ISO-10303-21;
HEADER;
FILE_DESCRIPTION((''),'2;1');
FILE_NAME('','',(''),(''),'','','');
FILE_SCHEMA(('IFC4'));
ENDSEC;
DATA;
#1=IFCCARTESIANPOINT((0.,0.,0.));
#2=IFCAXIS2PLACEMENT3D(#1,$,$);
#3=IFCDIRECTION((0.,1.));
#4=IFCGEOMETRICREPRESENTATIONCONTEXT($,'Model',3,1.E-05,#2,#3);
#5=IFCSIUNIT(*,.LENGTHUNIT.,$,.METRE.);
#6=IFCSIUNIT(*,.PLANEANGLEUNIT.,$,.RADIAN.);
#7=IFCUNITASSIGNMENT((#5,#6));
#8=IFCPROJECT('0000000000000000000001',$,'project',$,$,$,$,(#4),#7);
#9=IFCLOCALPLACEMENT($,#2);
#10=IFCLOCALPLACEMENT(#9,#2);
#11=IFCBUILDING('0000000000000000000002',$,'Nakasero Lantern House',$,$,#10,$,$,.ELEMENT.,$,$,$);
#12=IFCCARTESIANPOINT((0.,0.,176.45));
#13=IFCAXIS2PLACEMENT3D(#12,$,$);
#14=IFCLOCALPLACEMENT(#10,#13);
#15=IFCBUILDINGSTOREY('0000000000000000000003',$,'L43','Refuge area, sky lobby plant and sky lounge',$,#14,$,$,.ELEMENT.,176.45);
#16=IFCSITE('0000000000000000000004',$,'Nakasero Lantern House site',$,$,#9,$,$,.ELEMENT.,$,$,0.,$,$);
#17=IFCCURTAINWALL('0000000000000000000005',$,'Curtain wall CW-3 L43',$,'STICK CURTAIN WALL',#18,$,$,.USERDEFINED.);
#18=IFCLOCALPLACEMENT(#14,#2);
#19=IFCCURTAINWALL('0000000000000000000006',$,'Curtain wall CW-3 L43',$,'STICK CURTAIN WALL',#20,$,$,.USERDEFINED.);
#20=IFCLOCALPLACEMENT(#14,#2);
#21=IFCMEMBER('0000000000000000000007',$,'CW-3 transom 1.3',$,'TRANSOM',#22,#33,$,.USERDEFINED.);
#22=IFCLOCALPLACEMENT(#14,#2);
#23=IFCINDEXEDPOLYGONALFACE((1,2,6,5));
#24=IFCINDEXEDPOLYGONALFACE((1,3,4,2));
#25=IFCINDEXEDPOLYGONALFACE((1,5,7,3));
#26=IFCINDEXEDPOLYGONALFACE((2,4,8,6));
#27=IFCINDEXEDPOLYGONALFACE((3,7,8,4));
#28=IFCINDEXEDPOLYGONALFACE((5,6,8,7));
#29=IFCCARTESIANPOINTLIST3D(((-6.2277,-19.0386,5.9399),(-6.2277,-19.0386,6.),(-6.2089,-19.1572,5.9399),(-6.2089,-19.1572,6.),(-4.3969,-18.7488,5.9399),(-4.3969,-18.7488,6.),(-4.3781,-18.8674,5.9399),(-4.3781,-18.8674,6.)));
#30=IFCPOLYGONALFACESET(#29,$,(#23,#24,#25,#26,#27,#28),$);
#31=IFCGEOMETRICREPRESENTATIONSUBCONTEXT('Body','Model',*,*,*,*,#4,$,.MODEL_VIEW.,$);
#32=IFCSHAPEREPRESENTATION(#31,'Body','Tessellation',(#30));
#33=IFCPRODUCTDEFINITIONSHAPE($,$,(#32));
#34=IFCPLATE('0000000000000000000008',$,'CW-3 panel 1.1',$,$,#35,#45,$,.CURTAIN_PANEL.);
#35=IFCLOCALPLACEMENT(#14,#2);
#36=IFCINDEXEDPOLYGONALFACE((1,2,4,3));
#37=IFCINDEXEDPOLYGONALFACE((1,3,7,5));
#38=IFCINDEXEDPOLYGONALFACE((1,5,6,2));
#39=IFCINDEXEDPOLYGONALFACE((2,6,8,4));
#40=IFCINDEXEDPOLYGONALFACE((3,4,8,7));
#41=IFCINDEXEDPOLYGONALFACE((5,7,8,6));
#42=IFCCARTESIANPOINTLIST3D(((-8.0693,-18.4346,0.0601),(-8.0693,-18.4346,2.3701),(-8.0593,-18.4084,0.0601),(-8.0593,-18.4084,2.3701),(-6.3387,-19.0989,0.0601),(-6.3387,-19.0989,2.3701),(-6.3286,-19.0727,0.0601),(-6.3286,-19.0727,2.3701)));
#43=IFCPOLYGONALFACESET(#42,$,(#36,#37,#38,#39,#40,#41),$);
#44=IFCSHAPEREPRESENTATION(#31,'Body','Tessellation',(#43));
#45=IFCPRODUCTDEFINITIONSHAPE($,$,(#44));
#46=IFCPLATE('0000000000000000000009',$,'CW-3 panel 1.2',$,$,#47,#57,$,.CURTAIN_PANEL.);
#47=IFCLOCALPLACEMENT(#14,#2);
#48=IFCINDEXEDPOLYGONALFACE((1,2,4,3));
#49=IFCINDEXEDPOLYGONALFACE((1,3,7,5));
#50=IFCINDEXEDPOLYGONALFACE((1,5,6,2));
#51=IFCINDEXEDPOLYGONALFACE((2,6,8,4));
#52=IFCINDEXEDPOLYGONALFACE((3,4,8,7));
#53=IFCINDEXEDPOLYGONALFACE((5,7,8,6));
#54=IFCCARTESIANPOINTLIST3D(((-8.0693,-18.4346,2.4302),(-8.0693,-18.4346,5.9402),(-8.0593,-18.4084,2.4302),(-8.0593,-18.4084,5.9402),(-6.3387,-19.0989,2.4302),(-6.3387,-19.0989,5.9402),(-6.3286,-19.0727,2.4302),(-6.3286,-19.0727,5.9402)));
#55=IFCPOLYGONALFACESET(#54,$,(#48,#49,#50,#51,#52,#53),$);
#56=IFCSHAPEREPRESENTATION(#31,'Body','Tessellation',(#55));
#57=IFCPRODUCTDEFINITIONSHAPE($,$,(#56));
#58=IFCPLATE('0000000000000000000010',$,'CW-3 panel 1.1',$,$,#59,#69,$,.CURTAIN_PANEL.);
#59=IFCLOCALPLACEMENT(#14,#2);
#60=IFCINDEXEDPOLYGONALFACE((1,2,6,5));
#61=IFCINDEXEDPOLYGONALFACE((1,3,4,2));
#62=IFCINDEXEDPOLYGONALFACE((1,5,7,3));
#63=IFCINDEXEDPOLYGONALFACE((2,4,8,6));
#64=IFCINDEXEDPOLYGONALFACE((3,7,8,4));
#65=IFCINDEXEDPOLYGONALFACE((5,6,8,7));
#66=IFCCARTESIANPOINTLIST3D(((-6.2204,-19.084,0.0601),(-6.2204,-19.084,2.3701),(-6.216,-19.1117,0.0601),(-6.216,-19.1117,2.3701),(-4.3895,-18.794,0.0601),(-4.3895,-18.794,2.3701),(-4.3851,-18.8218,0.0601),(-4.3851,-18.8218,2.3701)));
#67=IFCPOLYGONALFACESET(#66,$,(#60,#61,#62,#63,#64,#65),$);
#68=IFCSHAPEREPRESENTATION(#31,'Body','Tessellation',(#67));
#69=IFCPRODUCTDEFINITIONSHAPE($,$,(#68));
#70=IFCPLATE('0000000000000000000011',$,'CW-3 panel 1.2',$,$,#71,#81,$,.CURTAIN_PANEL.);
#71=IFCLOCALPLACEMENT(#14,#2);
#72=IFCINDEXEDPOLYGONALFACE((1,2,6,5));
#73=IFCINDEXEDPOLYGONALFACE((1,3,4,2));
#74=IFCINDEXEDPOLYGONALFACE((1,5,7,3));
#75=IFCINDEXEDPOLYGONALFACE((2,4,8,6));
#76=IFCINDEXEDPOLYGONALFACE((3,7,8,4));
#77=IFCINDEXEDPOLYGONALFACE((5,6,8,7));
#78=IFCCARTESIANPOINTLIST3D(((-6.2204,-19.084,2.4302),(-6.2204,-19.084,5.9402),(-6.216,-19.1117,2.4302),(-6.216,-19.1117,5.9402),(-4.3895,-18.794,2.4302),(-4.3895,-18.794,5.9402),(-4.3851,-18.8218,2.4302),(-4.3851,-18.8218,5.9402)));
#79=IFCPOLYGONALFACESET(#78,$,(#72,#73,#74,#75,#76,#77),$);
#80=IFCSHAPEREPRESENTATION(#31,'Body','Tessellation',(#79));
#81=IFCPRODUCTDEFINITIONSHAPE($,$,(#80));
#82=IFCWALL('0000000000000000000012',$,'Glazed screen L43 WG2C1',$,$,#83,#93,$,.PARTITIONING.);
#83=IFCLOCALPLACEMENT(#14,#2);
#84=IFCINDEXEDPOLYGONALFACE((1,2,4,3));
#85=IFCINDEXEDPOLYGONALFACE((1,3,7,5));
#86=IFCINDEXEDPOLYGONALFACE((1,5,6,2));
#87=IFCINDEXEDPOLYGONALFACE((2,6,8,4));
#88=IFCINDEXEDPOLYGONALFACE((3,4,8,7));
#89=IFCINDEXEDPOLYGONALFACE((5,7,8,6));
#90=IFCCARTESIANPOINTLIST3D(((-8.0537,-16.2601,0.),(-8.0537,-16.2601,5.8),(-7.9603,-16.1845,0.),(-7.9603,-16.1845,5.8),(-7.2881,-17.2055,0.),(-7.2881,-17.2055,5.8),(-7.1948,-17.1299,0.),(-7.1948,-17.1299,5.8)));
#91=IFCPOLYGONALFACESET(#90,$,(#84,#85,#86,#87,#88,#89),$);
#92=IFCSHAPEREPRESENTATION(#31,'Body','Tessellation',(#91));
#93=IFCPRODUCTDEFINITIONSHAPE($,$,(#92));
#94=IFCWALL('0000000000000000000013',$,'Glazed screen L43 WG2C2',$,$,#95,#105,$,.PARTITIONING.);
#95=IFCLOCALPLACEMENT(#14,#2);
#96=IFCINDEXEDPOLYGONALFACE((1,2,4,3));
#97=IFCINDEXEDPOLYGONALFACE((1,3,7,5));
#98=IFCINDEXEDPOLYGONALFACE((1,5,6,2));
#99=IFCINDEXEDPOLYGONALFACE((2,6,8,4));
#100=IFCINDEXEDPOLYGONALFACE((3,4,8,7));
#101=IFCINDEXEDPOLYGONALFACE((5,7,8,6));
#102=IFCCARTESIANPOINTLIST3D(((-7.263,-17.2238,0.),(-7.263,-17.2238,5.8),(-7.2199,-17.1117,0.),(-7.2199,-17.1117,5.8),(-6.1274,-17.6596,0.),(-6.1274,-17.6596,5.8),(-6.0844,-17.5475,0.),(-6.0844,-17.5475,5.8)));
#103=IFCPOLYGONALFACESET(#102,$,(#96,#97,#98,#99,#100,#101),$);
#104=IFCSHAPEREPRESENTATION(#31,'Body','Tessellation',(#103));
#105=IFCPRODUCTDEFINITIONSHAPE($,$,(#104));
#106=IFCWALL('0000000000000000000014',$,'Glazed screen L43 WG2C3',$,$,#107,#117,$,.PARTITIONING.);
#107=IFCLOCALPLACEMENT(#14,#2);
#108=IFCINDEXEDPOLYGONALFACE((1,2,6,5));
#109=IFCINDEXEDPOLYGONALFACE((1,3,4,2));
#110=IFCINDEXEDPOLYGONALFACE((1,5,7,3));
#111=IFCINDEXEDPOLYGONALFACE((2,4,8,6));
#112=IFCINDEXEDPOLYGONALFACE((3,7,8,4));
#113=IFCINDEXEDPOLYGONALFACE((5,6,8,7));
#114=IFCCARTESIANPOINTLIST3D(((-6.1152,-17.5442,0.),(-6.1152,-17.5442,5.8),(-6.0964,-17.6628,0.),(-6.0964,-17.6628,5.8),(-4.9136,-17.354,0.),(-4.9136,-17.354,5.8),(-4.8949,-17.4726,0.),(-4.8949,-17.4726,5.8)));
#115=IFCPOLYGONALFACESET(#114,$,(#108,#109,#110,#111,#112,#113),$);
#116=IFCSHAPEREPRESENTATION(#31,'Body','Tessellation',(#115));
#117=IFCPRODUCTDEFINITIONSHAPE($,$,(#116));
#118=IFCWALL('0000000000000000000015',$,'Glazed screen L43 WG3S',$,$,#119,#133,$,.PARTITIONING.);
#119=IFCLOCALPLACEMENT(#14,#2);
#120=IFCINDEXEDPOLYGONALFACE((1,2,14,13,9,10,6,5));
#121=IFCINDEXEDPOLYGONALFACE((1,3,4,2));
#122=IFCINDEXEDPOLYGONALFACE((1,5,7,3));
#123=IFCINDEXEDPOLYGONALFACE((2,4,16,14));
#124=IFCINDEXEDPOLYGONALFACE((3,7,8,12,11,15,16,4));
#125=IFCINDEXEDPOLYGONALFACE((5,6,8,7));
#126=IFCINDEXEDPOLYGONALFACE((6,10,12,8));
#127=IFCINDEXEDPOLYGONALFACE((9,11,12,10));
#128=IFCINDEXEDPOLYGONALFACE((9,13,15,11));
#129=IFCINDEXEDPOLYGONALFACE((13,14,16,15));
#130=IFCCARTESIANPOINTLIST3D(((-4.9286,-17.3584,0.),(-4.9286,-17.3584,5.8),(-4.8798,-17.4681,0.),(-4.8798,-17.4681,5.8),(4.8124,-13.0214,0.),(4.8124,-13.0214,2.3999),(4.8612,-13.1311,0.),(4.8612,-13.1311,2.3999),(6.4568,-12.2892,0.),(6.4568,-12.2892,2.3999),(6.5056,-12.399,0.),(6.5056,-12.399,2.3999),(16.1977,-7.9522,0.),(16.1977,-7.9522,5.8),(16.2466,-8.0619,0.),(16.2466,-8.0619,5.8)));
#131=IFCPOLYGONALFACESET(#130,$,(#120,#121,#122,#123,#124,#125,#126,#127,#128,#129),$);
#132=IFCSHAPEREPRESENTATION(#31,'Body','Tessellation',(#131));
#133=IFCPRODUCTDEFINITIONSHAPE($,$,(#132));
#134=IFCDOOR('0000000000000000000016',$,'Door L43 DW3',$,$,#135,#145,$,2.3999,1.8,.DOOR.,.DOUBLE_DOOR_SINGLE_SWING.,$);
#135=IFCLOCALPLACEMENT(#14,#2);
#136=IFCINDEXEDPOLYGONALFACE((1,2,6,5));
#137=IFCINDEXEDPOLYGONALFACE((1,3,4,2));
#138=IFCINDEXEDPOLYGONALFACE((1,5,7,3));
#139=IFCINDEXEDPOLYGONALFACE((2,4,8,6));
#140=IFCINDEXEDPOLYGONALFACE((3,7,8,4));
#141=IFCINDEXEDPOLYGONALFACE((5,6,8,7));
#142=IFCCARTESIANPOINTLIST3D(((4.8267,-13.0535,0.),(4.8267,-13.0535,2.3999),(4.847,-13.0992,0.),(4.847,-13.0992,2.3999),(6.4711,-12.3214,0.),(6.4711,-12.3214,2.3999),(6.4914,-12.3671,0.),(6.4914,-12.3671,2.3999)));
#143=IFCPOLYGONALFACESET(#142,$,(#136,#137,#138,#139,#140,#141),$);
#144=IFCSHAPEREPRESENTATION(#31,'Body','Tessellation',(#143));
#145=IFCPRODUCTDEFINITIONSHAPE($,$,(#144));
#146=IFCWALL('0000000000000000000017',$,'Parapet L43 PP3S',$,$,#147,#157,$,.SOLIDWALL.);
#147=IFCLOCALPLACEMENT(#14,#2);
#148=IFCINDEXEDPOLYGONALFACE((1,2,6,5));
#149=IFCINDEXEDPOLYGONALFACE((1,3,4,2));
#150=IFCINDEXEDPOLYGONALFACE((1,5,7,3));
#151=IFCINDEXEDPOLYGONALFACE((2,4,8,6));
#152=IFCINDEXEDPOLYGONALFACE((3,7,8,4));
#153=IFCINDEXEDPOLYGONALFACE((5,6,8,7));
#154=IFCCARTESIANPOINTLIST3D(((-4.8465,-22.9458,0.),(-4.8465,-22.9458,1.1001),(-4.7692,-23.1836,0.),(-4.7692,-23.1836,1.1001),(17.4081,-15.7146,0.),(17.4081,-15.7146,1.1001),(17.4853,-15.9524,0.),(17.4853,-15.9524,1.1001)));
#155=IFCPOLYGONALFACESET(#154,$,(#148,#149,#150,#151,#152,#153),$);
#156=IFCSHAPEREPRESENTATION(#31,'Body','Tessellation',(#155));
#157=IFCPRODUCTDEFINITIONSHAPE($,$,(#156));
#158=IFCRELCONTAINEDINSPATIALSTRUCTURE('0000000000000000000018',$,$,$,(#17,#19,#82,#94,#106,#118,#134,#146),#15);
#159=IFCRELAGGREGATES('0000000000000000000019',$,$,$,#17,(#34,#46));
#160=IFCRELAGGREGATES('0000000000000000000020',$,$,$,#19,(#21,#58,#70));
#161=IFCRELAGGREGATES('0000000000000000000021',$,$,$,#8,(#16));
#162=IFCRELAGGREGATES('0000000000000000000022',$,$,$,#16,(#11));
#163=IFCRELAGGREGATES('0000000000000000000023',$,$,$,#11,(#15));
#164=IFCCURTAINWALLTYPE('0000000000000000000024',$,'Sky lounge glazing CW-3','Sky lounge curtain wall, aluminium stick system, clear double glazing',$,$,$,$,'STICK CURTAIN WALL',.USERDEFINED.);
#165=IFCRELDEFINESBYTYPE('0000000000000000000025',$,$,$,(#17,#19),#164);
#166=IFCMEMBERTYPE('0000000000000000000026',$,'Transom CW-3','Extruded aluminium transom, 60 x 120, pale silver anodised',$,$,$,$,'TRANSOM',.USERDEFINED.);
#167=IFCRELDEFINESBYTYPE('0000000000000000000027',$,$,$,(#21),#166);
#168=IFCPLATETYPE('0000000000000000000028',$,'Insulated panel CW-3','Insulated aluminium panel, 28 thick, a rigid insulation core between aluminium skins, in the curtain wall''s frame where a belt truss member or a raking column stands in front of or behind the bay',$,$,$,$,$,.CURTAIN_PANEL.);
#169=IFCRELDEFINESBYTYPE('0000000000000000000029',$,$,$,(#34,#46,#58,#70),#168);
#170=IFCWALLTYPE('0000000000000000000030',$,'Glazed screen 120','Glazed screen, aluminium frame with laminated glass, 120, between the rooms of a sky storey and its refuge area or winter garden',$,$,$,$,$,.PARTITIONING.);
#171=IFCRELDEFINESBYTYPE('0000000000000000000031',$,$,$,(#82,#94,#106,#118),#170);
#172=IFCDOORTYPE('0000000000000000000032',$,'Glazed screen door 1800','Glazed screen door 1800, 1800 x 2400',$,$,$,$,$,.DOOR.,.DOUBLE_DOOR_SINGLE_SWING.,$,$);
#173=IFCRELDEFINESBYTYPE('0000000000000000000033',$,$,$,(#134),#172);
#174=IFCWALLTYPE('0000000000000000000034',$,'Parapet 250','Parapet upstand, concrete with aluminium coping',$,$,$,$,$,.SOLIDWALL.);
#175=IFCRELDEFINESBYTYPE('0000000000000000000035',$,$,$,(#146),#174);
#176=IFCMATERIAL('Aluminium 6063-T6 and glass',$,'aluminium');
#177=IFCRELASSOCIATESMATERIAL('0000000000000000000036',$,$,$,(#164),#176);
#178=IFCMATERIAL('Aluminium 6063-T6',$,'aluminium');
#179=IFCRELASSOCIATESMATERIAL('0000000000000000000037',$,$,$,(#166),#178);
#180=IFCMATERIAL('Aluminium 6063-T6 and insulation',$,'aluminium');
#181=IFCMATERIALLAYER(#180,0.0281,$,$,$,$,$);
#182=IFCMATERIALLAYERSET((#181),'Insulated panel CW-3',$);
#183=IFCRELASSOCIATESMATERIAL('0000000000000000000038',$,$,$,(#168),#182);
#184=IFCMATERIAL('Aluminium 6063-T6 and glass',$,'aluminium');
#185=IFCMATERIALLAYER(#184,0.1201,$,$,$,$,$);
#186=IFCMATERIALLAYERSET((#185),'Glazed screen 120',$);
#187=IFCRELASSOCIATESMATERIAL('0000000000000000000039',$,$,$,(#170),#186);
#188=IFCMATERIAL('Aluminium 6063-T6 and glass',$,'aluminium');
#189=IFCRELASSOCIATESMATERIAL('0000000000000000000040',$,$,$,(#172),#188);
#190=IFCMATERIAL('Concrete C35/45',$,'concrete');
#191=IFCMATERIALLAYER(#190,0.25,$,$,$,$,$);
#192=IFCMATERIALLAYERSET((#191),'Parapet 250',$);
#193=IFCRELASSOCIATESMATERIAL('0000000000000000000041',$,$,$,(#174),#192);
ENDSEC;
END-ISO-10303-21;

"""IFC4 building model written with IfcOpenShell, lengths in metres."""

from ifc_helpers import new_model, si_unit, direction, frame, frame_2d, origin, origin_2d, place, context, subcontext, project, spatial, rectangle, extrude, material, layer, layer_set, material_profile, profile_set, type_object, element, fill, aggregate, save


model = new_model("IFC4")

# Units and contexts
model_context = context("Model", 3, precision=1e-05, world=origin(), true_north=direction((0.0, 1.0)))
body_context = subcontext(model_context, "Body", "Model", "MODEL_VIEW")
ifc_project = project(units=[si_unit("LENGTHUNIT", "METRE"), si_unit("PLANEANGLEUNIT", "RADIAN")], contexts=[model_context])

# Site, building, storey
site_placement = place(None, origin())
site = spatial("IfcSite", under=ifc_project, at=site_placement, Name="Nakasero Lantern House site", CompositionType="ELEMENT", RefElevation=0.0)
building_placement = place(site_placement, origin())
building = spatial("IfcBuilding", under=site, at=building_placement, Name="Nakasero Lantern House", CompositionType="ELEMENT")
storey_placement = place(building_placement, frame((0.0, 0.0, 176.45)))
storey = spatial("IfcBuildingStorey", under=building, at=storey_placement, Name="L43", Description="Refuge area, sky lobby plant and sky lounge", CompositionType="ELEMENT", Elevation=176.45)

# Curtain walls
ifc_material_1 = material(Name="Aluminium 6063-T6 and glass", Category="aluminium")
curtain_wall_type = type_object("IfcCurtainWallType", Name="Sky lounge glazing CW-3", Description="Sky lounge curtain wall, aluminium stick system, clear double glazing", ElementType="STICK CURTAIN WALL", PredefinedType="USERDEFINED", material=ifc_material_1)
curtain_wall_1_placement = place(storey_placement, origin())
curtain_wall_1 = element("IfcCurtainWall", 1, at=curtain_wall_1_placement, inside=storey, type_object=curtain_wall_type, Name="Curtain wall CW-3 L43", ObjectType="STICK CURTAIN WALL", PredefinedType="USERDEFINED")
curtain_wall_2_placement = place(storey_placement, origin())
curtain_wall_2 = element("IfcCurtainWall", 2, at=curtain_wall_2_placement, inside=storey, type_object=curtain_wall_type, Name="Curtain wall CW-3 L43", ObjectType="STICK CURTAIN WALL", PredefinedType="USERDEFINED")

# Member
ifc_material_2 = material(Name="Aluminium 6063-T6", Category="aluminium")
ifc_material_profile_1 = material_profile(ifc_material_2, rectangle(XDim=0.0601, YDim=0.1201, at=origin_2d()), Name="CW-3 transom 60x120")
ifc_profile_set_1 = profile_set([ifc_material_profile_1], Name="Aluminium 6063-T6")
member_type_1 = type_object("IfcMemberType", Name="Transom CW-3", Description="Extruded aluminium transom, 60 x 120, pale silver anodised", ElementType="TRANSOM", PredefinedType="USERDEFINED", material=ifc_profile_set_1)
member_1_placement = place(storey_placement, frame((-6.2183, -19.0979, 5.97), z_axis=(0.987703, 0.156341, 0.0), x_axis=(0.0, 0.0, 1.0)))
member_1 = element("IfcMember", 3, at=member_1_placement, type_object=member_type_1, Name="CW-3 transom 1.3", ObjectType="TRANSOM", PredefinedType="USERDEFINED", context=body_context, shape_type="SweptSolid", body=[
    extrude(rectangle(XDim=0.0601, YDim=0.1201, at=origin_2d()), origin(), (0.0, 0.0, 1.0), 1.8535),
])

# Plates
ifc_material_3 = material(Name="Aluminium 6063-T6 and insulation", Category="aluminium")
ifc_layer_1 = layer(ifc_material_3, 0.0281)
ifc_layer_set_1 = layer_set([ifc_layer_1], Name="Insulated panel CW-3")
plate_type = type_object("IfcPlateType", Name="Insulated panel CW-3", Description="Insulated aluminium panel, 28 thick, a rigid insulation core between aluminium skins, in the curtain wall's frame where a belt truss member or a raking column stands in front of or behind the bay", PredefinedType="CURTAIN_PANEL", material=ifc_layer_set_1)
plate_1_placement = place(storey_placement, frame((-7.199, -18.7537, 0.0601), z_axis=(0.0, 0.0, 1.0), x_axis=(0.93358, -0.358368, 0.0)))
plate_1 = element("IfcPlate", 4, at=plate_1_placement, type_object=plate_type, Name="CW-3 panel 1.1", PredefinedType="CURTAIN_PANEL", context=body_context, shape_type="SweptSolid", body=[
    extrude(rectangle(XDim=1.8538, YDim=0.0281, at=origin_2d()), origin(), (0.0, 0.0, 1.0), 2.3101),
])
plate_2_placement = place(storey_placement, frame((-7.199, -18.7537, 2.4302), z_axis=(0.0, 0.0, 1.0), x_axis=(0.93358, -0.358368, 0.0)))
plate_2 = element("IfcPlate", 5, at=plate_2_placement, type_object=plate_type, Name="CW-3 panel 1.2", PredefinedType="CURTAIN_PANEL", context=body_context, shape_type="SweptSolid", body=[
    extrude(rectangle(XDim=1.8538, YDim=0.0281, at=origin_2d()), origin(), (0.0, 0.0, 1.0), 3.51),
])
aggregate(curtain_wall_1, [plate_1, plate_2])
plate_3_placement = place(storey_placement, frame((-5.3027, -18.9529, 0.0601), z_axis=(0.0, 0.0, 1.0), x_axis=(0.987688, 0.156434, 0.0)))
plate_3 = element("IfcPlate", 6, at=plate_3_placement, type_object=plate_type, Name="CW-3 panel 1.1", PredefinedType="CURTAIN_PANEL", context=body_context, shape_type="SweptSolid", body=[
    extrude(rectangle(XDim=1.8538, YDim=0.0281, at=origin_2d()), origin(), (0.0, 0.0, 1.0), 2.3101),
])
plate_4_placement = place(storey_placement, frame((-5.3027, -18.9529, 2.4302), z_axis=(0.0, 0.0, 1.0), x_axis=(0.987688, 0.156434, 0.0)))
plate_4 = element("IfcPlate", 7, at=plate_4_placement, type_object=plate_type, Name="CW-3 panel 1.2", PredefinedType="CURTAIN_PANEL", context=body_context, shape_type="SweptSolid", body=[
    extrude(rectangle(XDim=1.8538, YDim=0.0281, at=origin_2d()), origin(), (0.0, 0.0, 1.0), 3.51),
])
aggregate(curtain_wall_2, [member_1, plate_3, plate_4])

# Walls
ifc_material_4 = material(Name="Aluminium 6063-T6 and glass", Category="aluminium")
ifc_layer_2 = layer(ifc_material_4, 0.1201)
ifc_layer_set_2 = layer_set([ifc_layer_2], Name="Glazed screen 120")
wall_type_1 = type_object("IfcWallType", Name="Glazed screen 120", Description="Glazed screen, aluminium frame with laminated glass, 120, between the rooms of a sky storey and its refuge area or winter garden", PredefinedType="PARTITIONING", material=ifc_layer_set_2)
wall_1_placement = place(storey_placement, frame((-8.0071, -16.2222, 0.0), z_axis=(0.0, 0.0, 1.0), x_axis=(0.629285, -0.777175, 0.0)))
element("IfcWall", 8, at=wall_1_placement, inside=storey, type_object=wall_type_1, Name="Glazed screen L43 WG2C1", PredefinedType="PARTITIONING", context=body_context, shape_type="SweptSolid", body=[
    extrude(rectangle(XDim=1.2166, YDim=0.1201, at=frame_2d((0.6084, 0.0))), origin(), (0.0, 0.0, 1.0), 5.8),
])
wall_2_placement = place(storey_placement, frame((-7.2415, -17.1677, 0.0), z_axis=(0.0, 0.0, 1.0), x_axis=(0.933604, -0.358306, 0.0)))
element("IfcWall", 9, at=wall_2_placement, inside=storey, type_object=wall_type_1, Name="Glazed screen L43 WG2C2", PredefinedType="PARTITIONING", context=body_context, shape_type="SweptSolid", body=[
    extrude(rectangle(XDim=1.2163, YDim=0.1201, at=frame_2d((0.6082, 0.0))), origin(), (0.0, 0.0, 1.0), 5.8),
])
wall_3_placement = place(storey_placement, frame((-6.106, -17.6035, 0.0), z_axis=(0.0, 0.0, 1.0), x_axis=(0.987706, 0.156323, 0.0)))
element("IfcWall", 10, at=wall_3_placement, inside=storey, type_object=wall_type_1, Name="Glazed screen L43 WG2C3", PredefinedType="PARTITIONING", context=body_context, shape_type="SweptSolid", body=[
    extrude(rectangle(XDim=1.2166, YDim=0.1201, at=frame_2d((0.6084, 0.0))), origin(), (0.0, 0.0, 1.0), 5.8),
])

# Wall, opening, door
wall_4_placement = place(storey_placement, frame((-4.9043, -17.4133, 0.0), z_axis=(0.0, 0.0, 1.0), x_axis=(0.913543, 0.406742, 0.0)))
wall_4 = element("IfcWall", 11, at=wall_4_placement, inside=storey, type_object=wall_type_1, Name="Glazed screen L43 WG3S", PredefinedType="PARTITIONING", context=body_context, shape_type="SweptSolid", body=[
    extrude(rectangle(XDim=23.1257, YDim=0.1201, at=frame_2d((11.563, 0.0))), origin(), (0.0, 0.0, 1.0), 5.8),
])
opening_placement = place(wall_4_placement, frame((10.6631, 0.0, 0.0)))
opening = element("IfcOpeningElement", 12, at=opening_placement, cuts=wall_4, PredefinedType="OPENING", context=body_context, shape_type="SweptSolid", body=[
    extrude(rectangle(XDim=1.8, YDim=2.3999, at=frame_2d((0.8999, 1.2))), frame((0.0, 0.0801, 0.0), z_axis=(0.0, -1.0, 0.0), x_axis=(1.0, 0.0, 0.0)), (0.0, 0.0, 1.0), 0.1602),
])
ifc_material_5 = material(Name="Aluminium 6063-T6 and glass", Category="aluminium")
door_type = type_object("IfcDoorType", Name="Glazed screen door 1800", Description="Glazed screen door 1800, 1800 x 2400", OperationType="DOUBLE_DOOR_SINGLE_SWING", PredefinedType="DOOR", material=ifc_material_5)
door_placement = place(opening_placement, origin())
door = element("IfcDoor", 13, at=door_placement, inside=storey, type_object=door_type, Name="Door L43 DW3", OperationType="DOUBLE_DOOR_SINGLE_SWING", OverallHeight=2.3999, OverallWidth=1.8, PredefinedType="DOOR", context=body_context, shape_type="SweptSolid", body=[
    extrude(rectangle(XDim=1.8, YDim=2.3999, at=frame_2d((0.8999, 1.2))), frame((0.0, 0.0249, 0.0), z_axis=(0.0, -1.0, 0.0), x_axis=(1.0, 0.0, 0.0)), (0.0, 0.0, 1.0), 0.05),
])
fill(opening, door)

# Wall
ifc_material_6 = material(Name="Concrete C35/45", Category="concrete")
ifc_layer_3 = layer(ifc_material_6, 0.25)
ifc_layer_set_3 = layer_set([ifc_layer_3], Name="Parapet 250")
wall_type_2 = type_object("IfcWallType", Name="Parapet 250", Description="Parapet upstand, concrete with aluminium coping", PredefinedType="SOLIDWALL", material=ifc_layer_set_3)
wall_5_placement = place(storey_placement, frame((-4.8079, -23.0647, 0.0), z_axis=(0.0, 0.0, 1.0), x_axis=(0.951054, 0.309026, 0.0)))
element("IfcWall", 14, at=wall_5_placement, inside=storey, type_object=wall_type_2, Name="Parapet L43 PP3S", PredefinedType="SOLIDWALL", context=body_context, shape_type="SweptSolid", body=[
    extrude(rectangle(XDim=23.3999, YDim=0.25, at=frame_2d((11.7, 0.0))), origin(), (0.0, 0.0, 1.0), 1.1001),
])

save(model, "model.ifc")
